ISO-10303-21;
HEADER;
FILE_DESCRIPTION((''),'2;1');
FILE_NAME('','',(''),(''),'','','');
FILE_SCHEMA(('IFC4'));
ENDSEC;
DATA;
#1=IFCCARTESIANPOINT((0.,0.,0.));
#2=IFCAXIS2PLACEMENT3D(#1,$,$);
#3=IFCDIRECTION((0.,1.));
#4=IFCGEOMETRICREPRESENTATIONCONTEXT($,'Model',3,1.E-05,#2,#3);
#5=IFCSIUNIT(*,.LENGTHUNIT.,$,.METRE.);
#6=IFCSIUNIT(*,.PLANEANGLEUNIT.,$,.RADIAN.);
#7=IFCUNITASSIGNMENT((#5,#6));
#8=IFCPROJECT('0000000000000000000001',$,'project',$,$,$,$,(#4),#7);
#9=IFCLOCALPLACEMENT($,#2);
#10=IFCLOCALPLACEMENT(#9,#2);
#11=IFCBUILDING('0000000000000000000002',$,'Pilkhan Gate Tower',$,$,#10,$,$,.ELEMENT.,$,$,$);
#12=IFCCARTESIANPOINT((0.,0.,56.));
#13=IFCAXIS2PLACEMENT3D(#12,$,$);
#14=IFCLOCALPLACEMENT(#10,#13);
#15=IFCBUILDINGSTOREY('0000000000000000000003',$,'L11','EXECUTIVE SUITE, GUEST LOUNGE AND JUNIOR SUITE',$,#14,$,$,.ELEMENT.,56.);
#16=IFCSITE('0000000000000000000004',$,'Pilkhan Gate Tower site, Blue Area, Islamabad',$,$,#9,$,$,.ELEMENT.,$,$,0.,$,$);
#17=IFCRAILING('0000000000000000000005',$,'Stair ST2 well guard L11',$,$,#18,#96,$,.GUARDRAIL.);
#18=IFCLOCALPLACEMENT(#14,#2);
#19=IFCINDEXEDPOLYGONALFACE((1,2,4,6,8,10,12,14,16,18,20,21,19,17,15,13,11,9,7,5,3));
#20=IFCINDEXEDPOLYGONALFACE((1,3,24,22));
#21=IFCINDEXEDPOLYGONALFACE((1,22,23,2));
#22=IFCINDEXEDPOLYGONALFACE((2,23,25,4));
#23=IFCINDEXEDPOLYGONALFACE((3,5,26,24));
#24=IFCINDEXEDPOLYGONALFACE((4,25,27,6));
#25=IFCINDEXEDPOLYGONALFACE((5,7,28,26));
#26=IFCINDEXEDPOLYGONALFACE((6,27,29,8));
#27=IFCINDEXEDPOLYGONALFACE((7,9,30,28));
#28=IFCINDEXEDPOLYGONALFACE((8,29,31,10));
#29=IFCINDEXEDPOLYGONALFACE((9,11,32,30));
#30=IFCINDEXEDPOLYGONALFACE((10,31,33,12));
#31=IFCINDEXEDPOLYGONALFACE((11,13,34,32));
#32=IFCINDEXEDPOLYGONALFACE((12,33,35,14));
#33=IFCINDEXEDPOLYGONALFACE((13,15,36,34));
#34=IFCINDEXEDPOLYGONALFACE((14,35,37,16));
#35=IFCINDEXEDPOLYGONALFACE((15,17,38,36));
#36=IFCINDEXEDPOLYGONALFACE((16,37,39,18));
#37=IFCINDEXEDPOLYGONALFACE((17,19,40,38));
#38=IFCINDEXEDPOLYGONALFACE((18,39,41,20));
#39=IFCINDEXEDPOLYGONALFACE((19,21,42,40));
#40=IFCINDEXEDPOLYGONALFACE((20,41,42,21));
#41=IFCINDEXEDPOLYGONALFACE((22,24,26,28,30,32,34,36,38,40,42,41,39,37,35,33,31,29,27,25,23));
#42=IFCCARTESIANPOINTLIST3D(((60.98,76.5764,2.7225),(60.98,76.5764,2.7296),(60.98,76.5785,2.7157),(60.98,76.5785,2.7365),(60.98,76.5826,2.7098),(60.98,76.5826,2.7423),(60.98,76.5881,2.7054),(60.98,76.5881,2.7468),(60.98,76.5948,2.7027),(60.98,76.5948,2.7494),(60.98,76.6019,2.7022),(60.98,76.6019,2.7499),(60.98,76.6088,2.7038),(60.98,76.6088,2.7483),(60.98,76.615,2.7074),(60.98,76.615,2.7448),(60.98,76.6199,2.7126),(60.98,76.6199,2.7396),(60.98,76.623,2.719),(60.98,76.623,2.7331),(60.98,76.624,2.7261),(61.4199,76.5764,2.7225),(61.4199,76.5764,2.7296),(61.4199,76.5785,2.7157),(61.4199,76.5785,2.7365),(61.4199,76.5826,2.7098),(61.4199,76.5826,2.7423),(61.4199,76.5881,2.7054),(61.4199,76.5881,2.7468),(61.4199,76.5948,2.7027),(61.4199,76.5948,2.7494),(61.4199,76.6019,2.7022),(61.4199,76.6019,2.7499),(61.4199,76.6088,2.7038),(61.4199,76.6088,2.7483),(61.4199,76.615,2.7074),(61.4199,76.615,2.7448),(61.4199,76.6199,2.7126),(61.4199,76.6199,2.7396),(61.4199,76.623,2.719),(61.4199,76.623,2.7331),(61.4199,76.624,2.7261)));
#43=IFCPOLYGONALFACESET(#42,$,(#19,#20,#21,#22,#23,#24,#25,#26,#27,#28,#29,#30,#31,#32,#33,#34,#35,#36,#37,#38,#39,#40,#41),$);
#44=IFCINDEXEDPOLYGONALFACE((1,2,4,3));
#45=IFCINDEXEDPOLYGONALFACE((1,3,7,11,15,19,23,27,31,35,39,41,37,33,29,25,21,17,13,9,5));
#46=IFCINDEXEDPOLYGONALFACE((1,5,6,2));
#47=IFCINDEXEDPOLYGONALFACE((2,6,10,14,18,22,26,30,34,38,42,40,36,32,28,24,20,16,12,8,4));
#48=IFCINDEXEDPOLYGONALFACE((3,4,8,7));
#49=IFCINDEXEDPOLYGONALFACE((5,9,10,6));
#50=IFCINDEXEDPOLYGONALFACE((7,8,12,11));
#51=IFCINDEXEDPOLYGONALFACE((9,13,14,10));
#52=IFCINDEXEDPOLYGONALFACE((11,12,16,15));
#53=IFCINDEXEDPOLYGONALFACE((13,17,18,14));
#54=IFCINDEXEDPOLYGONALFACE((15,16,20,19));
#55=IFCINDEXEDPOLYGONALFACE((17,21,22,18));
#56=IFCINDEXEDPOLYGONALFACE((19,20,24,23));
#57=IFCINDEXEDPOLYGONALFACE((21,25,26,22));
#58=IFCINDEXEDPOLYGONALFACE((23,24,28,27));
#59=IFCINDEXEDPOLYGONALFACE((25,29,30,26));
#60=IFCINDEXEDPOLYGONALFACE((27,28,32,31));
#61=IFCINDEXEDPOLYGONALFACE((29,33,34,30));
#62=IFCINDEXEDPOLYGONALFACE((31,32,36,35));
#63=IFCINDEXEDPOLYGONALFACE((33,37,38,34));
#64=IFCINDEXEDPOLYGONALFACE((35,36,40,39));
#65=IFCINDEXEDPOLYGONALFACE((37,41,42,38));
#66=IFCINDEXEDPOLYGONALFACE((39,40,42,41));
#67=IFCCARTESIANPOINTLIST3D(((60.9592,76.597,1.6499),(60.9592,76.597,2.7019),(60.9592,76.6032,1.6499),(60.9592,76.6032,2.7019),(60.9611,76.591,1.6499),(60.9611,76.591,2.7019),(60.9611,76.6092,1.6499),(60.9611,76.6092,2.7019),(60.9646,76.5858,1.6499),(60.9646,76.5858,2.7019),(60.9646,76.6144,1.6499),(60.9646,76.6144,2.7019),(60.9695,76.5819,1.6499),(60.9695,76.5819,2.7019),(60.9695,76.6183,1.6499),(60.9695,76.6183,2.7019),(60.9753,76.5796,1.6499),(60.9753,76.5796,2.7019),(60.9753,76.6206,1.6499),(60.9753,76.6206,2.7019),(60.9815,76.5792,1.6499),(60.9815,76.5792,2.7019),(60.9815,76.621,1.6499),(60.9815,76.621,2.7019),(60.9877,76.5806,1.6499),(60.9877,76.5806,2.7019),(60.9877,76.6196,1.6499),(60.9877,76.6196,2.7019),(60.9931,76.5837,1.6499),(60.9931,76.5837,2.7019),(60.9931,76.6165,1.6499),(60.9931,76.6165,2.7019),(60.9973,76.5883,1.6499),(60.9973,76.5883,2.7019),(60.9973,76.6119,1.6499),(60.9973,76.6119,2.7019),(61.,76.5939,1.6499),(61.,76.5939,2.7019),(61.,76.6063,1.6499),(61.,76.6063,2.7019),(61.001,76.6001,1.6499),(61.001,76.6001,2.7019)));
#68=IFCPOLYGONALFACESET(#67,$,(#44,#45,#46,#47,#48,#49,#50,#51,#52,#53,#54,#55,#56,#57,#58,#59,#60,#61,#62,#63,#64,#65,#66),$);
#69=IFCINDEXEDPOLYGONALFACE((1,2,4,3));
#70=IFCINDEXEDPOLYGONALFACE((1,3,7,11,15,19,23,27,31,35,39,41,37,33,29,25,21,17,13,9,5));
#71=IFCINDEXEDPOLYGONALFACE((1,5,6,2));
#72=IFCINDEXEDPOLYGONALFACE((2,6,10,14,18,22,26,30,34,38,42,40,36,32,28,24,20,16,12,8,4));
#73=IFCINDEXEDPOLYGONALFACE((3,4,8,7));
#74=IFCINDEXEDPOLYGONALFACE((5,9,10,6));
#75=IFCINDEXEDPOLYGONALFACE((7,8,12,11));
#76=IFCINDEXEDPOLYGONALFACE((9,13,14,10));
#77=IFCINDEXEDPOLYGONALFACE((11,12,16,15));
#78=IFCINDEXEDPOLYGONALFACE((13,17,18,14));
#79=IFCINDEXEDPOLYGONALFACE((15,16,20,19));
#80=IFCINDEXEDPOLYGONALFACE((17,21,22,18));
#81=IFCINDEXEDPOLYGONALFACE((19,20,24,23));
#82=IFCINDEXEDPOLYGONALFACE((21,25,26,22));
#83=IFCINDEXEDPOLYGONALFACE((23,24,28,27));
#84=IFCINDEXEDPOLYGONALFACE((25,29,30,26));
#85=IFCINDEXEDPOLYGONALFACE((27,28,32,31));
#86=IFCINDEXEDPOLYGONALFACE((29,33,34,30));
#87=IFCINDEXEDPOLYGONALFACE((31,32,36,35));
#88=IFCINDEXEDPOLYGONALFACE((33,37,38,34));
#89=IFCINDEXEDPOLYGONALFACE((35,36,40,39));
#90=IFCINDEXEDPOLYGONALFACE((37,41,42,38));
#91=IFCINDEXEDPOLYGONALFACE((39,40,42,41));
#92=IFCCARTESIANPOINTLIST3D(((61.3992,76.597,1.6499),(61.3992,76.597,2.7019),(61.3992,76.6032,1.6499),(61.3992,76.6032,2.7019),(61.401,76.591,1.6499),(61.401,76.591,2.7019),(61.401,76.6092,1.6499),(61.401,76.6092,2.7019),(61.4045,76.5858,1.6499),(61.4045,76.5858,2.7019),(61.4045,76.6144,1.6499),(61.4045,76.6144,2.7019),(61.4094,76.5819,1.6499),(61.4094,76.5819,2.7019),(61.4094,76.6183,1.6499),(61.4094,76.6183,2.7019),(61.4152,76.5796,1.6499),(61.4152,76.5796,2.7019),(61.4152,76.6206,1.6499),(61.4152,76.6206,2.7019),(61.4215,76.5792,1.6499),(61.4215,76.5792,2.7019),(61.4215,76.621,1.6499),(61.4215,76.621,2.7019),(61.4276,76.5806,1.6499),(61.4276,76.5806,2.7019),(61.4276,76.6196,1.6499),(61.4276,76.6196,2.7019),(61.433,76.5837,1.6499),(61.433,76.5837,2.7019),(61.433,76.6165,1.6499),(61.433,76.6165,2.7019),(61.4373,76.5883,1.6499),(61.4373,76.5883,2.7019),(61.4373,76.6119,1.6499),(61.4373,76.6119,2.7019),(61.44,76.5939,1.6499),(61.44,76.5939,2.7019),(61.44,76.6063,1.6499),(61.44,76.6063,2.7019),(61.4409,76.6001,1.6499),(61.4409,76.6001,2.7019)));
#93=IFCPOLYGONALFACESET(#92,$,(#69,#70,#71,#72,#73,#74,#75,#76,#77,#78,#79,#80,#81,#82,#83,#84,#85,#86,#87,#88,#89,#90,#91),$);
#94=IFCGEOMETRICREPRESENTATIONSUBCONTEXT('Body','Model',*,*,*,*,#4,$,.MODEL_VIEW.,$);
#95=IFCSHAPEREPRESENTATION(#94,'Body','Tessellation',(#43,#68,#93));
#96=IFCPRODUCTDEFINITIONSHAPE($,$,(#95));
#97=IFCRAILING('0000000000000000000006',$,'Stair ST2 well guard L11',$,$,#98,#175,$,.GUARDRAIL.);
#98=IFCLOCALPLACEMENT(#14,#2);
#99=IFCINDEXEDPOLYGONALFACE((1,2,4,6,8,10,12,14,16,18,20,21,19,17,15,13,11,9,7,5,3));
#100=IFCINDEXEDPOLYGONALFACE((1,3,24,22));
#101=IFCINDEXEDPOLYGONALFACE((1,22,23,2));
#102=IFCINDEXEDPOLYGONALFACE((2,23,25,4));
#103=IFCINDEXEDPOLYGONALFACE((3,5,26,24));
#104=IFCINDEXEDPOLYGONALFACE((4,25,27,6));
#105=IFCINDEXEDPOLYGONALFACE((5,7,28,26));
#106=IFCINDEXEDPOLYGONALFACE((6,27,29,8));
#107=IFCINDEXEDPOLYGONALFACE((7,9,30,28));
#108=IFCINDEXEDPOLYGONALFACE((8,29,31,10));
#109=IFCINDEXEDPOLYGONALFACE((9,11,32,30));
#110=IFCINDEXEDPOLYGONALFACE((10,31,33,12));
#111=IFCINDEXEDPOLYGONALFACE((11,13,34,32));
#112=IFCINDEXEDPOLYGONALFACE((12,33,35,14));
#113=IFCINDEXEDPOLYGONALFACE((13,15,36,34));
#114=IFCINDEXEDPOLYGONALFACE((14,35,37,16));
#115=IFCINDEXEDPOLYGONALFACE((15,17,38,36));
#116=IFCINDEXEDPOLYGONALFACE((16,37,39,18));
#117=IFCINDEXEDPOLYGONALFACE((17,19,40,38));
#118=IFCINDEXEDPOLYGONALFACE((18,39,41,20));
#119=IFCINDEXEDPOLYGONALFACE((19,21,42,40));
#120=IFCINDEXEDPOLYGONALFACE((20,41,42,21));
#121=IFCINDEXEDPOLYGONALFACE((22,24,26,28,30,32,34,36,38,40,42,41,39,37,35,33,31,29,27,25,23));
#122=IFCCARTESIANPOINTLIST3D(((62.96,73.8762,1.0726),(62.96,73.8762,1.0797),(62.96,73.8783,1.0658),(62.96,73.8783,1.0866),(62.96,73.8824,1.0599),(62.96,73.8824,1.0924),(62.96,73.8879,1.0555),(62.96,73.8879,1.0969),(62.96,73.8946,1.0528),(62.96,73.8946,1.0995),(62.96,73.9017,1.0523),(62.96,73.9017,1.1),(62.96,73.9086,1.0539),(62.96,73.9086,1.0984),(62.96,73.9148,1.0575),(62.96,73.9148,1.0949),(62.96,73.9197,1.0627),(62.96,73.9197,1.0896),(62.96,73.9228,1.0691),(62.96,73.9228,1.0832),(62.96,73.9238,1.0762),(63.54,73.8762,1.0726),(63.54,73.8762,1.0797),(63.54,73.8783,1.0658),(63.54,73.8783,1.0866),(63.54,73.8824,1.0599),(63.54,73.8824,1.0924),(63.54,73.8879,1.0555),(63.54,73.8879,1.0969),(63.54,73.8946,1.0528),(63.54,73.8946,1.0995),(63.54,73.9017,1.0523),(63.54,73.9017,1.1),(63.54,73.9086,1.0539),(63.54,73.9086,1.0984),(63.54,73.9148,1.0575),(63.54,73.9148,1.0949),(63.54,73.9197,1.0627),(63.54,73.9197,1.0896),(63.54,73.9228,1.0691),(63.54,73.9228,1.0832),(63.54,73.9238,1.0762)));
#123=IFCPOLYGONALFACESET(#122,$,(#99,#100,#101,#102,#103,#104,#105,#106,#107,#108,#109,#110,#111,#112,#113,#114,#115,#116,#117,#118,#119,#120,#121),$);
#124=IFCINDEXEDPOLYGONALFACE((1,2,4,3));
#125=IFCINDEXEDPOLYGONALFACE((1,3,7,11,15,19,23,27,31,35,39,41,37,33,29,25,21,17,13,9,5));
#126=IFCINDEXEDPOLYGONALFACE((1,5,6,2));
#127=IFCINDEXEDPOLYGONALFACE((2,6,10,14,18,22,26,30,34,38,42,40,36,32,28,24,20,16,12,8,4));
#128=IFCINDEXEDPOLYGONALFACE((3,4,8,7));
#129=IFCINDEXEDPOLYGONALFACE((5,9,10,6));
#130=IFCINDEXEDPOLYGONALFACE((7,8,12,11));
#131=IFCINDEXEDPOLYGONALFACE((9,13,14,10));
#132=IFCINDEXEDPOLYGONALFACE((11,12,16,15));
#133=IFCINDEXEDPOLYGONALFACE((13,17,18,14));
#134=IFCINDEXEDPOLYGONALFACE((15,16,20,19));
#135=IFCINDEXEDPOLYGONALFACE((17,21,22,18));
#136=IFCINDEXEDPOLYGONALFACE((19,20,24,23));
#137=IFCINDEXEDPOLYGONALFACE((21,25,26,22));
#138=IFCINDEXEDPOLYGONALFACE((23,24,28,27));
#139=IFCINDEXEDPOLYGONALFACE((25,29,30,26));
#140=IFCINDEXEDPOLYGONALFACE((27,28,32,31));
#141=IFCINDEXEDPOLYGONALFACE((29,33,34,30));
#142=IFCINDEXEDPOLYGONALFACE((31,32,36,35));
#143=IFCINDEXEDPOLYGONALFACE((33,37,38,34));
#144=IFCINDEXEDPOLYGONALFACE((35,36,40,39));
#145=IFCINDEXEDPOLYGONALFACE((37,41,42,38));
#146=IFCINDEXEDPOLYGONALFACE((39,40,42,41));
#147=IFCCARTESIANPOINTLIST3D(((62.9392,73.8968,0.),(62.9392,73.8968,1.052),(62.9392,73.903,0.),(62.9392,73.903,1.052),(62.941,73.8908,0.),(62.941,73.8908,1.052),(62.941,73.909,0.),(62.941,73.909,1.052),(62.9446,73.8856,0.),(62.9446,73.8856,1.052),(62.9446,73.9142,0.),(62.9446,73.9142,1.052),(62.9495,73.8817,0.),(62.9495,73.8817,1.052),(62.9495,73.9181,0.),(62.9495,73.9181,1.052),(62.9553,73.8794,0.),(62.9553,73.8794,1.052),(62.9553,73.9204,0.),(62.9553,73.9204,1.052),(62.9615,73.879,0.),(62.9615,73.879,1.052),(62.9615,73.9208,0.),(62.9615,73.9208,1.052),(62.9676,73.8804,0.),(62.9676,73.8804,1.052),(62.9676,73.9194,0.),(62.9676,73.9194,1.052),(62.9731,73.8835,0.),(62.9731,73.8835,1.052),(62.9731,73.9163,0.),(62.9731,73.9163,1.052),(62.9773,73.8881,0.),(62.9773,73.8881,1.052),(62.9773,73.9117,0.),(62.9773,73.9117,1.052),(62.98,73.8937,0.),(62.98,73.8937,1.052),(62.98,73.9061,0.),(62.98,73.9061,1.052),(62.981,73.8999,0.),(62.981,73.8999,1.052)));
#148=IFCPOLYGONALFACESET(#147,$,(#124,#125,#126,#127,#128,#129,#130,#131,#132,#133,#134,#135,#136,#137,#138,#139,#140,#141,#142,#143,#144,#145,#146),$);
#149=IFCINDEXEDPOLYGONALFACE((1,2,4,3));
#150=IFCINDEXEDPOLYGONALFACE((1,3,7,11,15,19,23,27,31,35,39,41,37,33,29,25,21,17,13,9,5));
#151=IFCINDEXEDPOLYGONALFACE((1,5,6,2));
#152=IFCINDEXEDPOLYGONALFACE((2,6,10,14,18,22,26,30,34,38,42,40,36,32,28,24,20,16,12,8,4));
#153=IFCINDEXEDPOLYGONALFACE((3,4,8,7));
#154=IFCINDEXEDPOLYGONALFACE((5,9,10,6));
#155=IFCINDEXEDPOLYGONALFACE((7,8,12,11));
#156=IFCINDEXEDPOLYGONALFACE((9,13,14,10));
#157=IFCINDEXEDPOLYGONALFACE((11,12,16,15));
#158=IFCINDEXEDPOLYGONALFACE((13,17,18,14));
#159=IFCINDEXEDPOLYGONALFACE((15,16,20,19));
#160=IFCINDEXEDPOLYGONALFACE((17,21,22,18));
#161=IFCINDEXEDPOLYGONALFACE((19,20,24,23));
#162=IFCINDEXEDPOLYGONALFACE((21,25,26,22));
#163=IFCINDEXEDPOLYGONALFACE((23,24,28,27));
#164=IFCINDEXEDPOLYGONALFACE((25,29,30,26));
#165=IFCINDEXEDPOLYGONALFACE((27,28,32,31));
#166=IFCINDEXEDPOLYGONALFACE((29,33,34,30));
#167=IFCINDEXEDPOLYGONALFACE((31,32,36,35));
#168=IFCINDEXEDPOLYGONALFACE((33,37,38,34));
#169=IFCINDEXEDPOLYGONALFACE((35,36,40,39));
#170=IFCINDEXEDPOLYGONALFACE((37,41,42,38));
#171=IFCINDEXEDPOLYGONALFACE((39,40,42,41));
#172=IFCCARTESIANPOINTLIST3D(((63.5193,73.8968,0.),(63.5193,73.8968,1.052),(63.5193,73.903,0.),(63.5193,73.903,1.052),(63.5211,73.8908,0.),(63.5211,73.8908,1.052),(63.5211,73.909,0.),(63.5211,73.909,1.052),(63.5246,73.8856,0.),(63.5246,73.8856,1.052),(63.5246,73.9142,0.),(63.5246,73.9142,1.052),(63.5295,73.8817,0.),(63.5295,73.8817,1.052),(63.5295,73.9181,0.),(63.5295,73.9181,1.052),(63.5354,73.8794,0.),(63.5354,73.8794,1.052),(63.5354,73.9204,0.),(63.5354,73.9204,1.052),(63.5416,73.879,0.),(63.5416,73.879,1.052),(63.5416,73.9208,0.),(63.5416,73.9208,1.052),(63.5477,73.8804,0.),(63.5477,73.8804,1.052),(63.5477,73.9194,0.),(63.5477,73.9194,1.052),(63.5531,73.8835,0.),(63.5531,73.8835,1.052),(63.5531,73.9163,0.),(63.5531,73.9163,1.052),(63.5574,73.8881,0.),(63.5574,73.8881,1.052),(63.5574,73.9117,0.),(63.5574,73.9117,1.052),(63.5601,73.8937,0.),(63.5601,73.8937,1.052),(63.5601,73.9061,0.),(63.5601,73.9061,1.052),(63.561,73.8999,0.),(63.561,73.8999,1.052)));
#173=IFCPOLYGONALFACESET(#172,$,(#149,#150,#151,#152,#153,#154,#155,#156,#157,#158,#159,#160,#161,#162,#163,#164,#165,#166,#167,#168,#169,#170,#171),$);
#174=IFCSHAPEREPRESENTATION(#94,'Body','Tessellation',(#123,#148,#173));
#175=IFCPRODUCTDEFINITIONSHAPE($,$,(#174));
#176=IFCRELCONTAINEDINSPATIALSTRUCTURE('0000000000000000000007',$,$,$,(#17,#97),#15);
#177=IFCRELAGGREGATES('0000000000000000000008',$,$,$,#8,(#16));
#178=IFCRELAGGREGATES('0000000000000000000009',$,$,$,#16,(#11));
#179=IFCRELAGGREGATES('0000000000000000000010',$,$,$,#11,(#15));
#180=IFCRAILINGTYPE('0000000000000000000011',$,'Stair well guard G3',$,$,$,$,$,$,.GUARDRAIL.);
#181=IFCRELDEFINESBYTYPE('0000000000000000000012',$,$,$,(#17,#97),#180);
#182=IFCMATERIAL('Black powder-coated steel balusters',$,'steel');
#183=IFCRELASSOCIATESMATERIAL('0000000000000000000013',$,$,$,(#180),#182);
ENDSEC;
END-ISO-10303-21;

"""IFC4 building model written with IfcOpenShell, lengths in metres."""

from ifc_helpers import new_model, si_unit, direction, frame, origin, origin_2d, place, context, subcontext, project, spatial, circle, extrude, material, type_object, element, save


model = new_model("IFC4")

# Units and contexts
model_context = context("Model", 3, precision=1e-05, world=origin(), true_north=direction((0.0, 1.0)))
body_context = subcontext(model_context, "Body", "Model", "MODEL_VIEW")
ifc_project = project(units=[si_unit("LENGTHUNIT", "METRE"), si_unit("PLANEANGLEUNIT", "RADIAN")], contexts=[model_context])

# Site, building, storey
site_placement = place(None, origin())
site = spatial("IfcSite", under=ifc_project, at=site_placement, Name="Pilkhan Gate Tower site, Blue Area, Islamabad", CompositionType="ELEMENT", RefElevation=0.0)
building_placement = place(site_placement, origin())
building = spatial("IfcBuilding", under=site, at=building_placement, Name="Pilkhan Gate Tower", CompositionType="ELEMENT")
storey_placement = place(building_placement, frame((0.0, 0.0, 56.0)))
storey = spatial("IfcBuildingStorey", under=building, at=storey_placement, Name="L11", Description="EXECUTIVE SUITE, GUEST LOUNGE AND JUNIOR SUITE", CompositionType="ELEMENT", Elevation=56.0)

# Railings
ifc_material_1 = material(Name="Black powder-coated steel balusters", Category="steel")
railing_type_1 = type_object("IfcRailingType", Name="Stair well guard G3", PredefinedType="GUARDRAIL", material=ifc_material_1)
railing_1_placement = place(storey_placement, frame((60.98, 76.6001, 1.6499)))
element("IfcRailing", 1, at=railing_1_placement, inside=storey, type_object=railing_type_1, Name="Stair ST2 well guard L11", PredefinedType="GUARDRAIL", context=body_context, shape_type="SweptSolid", body=[
    extrude(circle(Radius=0.0239, at=origin_2d()), frame((0.0, 0.0, 1.0762), z_axis=(1.0, 0.0, 0.0), x_axis=(0.0, 1.0, 0.0)), (0.0, 0.0, 1.0), 0.4399),
    extrude(circle(Radius=0.021, at=origin_2d()), origin(), (0.0, 0.0, 1.0), 1.052),
    extrude(circle(Radius=0.021, at=origin_2d()), frame((0.4399, 0.0, 0.0)), (0.0, 0.0, 1.0), 1.052),
])
for number, where, name in (
    (2, (62.96, 73.8999, 0.0), "Stair ST2 well guard L11"),
):
    element("IfcRailing", number, at=place(storey_placement, frame(where)), inside=storey, type_object=railing_type_1, Name=name, PredefinedType="GUARDRAIL", context=body_context, shape_type="SweptSolid", body=[
        extrude(circle(Radius=0.0239, at=origin_2d()), frame((0.0, 0.0, 1.0762), z_axis=(1.0, 0.0, 0.0), x_axis=(0.0, 1.0, 0.0)), (0.0, 0.0, 1.0), 0.5801),
        extrude(circle(Radius=0.021, at=origin_2d()), origin(), (0.0, 0.0, 1.0), 1.052),
        extrude(circle(Radius=0.021, at=origin_2d()), frame((0.5801, 0.0, 0.0)), (0.0, 0.0, 1.0), 1.052),
    ])

save(model, "model.ifc")
